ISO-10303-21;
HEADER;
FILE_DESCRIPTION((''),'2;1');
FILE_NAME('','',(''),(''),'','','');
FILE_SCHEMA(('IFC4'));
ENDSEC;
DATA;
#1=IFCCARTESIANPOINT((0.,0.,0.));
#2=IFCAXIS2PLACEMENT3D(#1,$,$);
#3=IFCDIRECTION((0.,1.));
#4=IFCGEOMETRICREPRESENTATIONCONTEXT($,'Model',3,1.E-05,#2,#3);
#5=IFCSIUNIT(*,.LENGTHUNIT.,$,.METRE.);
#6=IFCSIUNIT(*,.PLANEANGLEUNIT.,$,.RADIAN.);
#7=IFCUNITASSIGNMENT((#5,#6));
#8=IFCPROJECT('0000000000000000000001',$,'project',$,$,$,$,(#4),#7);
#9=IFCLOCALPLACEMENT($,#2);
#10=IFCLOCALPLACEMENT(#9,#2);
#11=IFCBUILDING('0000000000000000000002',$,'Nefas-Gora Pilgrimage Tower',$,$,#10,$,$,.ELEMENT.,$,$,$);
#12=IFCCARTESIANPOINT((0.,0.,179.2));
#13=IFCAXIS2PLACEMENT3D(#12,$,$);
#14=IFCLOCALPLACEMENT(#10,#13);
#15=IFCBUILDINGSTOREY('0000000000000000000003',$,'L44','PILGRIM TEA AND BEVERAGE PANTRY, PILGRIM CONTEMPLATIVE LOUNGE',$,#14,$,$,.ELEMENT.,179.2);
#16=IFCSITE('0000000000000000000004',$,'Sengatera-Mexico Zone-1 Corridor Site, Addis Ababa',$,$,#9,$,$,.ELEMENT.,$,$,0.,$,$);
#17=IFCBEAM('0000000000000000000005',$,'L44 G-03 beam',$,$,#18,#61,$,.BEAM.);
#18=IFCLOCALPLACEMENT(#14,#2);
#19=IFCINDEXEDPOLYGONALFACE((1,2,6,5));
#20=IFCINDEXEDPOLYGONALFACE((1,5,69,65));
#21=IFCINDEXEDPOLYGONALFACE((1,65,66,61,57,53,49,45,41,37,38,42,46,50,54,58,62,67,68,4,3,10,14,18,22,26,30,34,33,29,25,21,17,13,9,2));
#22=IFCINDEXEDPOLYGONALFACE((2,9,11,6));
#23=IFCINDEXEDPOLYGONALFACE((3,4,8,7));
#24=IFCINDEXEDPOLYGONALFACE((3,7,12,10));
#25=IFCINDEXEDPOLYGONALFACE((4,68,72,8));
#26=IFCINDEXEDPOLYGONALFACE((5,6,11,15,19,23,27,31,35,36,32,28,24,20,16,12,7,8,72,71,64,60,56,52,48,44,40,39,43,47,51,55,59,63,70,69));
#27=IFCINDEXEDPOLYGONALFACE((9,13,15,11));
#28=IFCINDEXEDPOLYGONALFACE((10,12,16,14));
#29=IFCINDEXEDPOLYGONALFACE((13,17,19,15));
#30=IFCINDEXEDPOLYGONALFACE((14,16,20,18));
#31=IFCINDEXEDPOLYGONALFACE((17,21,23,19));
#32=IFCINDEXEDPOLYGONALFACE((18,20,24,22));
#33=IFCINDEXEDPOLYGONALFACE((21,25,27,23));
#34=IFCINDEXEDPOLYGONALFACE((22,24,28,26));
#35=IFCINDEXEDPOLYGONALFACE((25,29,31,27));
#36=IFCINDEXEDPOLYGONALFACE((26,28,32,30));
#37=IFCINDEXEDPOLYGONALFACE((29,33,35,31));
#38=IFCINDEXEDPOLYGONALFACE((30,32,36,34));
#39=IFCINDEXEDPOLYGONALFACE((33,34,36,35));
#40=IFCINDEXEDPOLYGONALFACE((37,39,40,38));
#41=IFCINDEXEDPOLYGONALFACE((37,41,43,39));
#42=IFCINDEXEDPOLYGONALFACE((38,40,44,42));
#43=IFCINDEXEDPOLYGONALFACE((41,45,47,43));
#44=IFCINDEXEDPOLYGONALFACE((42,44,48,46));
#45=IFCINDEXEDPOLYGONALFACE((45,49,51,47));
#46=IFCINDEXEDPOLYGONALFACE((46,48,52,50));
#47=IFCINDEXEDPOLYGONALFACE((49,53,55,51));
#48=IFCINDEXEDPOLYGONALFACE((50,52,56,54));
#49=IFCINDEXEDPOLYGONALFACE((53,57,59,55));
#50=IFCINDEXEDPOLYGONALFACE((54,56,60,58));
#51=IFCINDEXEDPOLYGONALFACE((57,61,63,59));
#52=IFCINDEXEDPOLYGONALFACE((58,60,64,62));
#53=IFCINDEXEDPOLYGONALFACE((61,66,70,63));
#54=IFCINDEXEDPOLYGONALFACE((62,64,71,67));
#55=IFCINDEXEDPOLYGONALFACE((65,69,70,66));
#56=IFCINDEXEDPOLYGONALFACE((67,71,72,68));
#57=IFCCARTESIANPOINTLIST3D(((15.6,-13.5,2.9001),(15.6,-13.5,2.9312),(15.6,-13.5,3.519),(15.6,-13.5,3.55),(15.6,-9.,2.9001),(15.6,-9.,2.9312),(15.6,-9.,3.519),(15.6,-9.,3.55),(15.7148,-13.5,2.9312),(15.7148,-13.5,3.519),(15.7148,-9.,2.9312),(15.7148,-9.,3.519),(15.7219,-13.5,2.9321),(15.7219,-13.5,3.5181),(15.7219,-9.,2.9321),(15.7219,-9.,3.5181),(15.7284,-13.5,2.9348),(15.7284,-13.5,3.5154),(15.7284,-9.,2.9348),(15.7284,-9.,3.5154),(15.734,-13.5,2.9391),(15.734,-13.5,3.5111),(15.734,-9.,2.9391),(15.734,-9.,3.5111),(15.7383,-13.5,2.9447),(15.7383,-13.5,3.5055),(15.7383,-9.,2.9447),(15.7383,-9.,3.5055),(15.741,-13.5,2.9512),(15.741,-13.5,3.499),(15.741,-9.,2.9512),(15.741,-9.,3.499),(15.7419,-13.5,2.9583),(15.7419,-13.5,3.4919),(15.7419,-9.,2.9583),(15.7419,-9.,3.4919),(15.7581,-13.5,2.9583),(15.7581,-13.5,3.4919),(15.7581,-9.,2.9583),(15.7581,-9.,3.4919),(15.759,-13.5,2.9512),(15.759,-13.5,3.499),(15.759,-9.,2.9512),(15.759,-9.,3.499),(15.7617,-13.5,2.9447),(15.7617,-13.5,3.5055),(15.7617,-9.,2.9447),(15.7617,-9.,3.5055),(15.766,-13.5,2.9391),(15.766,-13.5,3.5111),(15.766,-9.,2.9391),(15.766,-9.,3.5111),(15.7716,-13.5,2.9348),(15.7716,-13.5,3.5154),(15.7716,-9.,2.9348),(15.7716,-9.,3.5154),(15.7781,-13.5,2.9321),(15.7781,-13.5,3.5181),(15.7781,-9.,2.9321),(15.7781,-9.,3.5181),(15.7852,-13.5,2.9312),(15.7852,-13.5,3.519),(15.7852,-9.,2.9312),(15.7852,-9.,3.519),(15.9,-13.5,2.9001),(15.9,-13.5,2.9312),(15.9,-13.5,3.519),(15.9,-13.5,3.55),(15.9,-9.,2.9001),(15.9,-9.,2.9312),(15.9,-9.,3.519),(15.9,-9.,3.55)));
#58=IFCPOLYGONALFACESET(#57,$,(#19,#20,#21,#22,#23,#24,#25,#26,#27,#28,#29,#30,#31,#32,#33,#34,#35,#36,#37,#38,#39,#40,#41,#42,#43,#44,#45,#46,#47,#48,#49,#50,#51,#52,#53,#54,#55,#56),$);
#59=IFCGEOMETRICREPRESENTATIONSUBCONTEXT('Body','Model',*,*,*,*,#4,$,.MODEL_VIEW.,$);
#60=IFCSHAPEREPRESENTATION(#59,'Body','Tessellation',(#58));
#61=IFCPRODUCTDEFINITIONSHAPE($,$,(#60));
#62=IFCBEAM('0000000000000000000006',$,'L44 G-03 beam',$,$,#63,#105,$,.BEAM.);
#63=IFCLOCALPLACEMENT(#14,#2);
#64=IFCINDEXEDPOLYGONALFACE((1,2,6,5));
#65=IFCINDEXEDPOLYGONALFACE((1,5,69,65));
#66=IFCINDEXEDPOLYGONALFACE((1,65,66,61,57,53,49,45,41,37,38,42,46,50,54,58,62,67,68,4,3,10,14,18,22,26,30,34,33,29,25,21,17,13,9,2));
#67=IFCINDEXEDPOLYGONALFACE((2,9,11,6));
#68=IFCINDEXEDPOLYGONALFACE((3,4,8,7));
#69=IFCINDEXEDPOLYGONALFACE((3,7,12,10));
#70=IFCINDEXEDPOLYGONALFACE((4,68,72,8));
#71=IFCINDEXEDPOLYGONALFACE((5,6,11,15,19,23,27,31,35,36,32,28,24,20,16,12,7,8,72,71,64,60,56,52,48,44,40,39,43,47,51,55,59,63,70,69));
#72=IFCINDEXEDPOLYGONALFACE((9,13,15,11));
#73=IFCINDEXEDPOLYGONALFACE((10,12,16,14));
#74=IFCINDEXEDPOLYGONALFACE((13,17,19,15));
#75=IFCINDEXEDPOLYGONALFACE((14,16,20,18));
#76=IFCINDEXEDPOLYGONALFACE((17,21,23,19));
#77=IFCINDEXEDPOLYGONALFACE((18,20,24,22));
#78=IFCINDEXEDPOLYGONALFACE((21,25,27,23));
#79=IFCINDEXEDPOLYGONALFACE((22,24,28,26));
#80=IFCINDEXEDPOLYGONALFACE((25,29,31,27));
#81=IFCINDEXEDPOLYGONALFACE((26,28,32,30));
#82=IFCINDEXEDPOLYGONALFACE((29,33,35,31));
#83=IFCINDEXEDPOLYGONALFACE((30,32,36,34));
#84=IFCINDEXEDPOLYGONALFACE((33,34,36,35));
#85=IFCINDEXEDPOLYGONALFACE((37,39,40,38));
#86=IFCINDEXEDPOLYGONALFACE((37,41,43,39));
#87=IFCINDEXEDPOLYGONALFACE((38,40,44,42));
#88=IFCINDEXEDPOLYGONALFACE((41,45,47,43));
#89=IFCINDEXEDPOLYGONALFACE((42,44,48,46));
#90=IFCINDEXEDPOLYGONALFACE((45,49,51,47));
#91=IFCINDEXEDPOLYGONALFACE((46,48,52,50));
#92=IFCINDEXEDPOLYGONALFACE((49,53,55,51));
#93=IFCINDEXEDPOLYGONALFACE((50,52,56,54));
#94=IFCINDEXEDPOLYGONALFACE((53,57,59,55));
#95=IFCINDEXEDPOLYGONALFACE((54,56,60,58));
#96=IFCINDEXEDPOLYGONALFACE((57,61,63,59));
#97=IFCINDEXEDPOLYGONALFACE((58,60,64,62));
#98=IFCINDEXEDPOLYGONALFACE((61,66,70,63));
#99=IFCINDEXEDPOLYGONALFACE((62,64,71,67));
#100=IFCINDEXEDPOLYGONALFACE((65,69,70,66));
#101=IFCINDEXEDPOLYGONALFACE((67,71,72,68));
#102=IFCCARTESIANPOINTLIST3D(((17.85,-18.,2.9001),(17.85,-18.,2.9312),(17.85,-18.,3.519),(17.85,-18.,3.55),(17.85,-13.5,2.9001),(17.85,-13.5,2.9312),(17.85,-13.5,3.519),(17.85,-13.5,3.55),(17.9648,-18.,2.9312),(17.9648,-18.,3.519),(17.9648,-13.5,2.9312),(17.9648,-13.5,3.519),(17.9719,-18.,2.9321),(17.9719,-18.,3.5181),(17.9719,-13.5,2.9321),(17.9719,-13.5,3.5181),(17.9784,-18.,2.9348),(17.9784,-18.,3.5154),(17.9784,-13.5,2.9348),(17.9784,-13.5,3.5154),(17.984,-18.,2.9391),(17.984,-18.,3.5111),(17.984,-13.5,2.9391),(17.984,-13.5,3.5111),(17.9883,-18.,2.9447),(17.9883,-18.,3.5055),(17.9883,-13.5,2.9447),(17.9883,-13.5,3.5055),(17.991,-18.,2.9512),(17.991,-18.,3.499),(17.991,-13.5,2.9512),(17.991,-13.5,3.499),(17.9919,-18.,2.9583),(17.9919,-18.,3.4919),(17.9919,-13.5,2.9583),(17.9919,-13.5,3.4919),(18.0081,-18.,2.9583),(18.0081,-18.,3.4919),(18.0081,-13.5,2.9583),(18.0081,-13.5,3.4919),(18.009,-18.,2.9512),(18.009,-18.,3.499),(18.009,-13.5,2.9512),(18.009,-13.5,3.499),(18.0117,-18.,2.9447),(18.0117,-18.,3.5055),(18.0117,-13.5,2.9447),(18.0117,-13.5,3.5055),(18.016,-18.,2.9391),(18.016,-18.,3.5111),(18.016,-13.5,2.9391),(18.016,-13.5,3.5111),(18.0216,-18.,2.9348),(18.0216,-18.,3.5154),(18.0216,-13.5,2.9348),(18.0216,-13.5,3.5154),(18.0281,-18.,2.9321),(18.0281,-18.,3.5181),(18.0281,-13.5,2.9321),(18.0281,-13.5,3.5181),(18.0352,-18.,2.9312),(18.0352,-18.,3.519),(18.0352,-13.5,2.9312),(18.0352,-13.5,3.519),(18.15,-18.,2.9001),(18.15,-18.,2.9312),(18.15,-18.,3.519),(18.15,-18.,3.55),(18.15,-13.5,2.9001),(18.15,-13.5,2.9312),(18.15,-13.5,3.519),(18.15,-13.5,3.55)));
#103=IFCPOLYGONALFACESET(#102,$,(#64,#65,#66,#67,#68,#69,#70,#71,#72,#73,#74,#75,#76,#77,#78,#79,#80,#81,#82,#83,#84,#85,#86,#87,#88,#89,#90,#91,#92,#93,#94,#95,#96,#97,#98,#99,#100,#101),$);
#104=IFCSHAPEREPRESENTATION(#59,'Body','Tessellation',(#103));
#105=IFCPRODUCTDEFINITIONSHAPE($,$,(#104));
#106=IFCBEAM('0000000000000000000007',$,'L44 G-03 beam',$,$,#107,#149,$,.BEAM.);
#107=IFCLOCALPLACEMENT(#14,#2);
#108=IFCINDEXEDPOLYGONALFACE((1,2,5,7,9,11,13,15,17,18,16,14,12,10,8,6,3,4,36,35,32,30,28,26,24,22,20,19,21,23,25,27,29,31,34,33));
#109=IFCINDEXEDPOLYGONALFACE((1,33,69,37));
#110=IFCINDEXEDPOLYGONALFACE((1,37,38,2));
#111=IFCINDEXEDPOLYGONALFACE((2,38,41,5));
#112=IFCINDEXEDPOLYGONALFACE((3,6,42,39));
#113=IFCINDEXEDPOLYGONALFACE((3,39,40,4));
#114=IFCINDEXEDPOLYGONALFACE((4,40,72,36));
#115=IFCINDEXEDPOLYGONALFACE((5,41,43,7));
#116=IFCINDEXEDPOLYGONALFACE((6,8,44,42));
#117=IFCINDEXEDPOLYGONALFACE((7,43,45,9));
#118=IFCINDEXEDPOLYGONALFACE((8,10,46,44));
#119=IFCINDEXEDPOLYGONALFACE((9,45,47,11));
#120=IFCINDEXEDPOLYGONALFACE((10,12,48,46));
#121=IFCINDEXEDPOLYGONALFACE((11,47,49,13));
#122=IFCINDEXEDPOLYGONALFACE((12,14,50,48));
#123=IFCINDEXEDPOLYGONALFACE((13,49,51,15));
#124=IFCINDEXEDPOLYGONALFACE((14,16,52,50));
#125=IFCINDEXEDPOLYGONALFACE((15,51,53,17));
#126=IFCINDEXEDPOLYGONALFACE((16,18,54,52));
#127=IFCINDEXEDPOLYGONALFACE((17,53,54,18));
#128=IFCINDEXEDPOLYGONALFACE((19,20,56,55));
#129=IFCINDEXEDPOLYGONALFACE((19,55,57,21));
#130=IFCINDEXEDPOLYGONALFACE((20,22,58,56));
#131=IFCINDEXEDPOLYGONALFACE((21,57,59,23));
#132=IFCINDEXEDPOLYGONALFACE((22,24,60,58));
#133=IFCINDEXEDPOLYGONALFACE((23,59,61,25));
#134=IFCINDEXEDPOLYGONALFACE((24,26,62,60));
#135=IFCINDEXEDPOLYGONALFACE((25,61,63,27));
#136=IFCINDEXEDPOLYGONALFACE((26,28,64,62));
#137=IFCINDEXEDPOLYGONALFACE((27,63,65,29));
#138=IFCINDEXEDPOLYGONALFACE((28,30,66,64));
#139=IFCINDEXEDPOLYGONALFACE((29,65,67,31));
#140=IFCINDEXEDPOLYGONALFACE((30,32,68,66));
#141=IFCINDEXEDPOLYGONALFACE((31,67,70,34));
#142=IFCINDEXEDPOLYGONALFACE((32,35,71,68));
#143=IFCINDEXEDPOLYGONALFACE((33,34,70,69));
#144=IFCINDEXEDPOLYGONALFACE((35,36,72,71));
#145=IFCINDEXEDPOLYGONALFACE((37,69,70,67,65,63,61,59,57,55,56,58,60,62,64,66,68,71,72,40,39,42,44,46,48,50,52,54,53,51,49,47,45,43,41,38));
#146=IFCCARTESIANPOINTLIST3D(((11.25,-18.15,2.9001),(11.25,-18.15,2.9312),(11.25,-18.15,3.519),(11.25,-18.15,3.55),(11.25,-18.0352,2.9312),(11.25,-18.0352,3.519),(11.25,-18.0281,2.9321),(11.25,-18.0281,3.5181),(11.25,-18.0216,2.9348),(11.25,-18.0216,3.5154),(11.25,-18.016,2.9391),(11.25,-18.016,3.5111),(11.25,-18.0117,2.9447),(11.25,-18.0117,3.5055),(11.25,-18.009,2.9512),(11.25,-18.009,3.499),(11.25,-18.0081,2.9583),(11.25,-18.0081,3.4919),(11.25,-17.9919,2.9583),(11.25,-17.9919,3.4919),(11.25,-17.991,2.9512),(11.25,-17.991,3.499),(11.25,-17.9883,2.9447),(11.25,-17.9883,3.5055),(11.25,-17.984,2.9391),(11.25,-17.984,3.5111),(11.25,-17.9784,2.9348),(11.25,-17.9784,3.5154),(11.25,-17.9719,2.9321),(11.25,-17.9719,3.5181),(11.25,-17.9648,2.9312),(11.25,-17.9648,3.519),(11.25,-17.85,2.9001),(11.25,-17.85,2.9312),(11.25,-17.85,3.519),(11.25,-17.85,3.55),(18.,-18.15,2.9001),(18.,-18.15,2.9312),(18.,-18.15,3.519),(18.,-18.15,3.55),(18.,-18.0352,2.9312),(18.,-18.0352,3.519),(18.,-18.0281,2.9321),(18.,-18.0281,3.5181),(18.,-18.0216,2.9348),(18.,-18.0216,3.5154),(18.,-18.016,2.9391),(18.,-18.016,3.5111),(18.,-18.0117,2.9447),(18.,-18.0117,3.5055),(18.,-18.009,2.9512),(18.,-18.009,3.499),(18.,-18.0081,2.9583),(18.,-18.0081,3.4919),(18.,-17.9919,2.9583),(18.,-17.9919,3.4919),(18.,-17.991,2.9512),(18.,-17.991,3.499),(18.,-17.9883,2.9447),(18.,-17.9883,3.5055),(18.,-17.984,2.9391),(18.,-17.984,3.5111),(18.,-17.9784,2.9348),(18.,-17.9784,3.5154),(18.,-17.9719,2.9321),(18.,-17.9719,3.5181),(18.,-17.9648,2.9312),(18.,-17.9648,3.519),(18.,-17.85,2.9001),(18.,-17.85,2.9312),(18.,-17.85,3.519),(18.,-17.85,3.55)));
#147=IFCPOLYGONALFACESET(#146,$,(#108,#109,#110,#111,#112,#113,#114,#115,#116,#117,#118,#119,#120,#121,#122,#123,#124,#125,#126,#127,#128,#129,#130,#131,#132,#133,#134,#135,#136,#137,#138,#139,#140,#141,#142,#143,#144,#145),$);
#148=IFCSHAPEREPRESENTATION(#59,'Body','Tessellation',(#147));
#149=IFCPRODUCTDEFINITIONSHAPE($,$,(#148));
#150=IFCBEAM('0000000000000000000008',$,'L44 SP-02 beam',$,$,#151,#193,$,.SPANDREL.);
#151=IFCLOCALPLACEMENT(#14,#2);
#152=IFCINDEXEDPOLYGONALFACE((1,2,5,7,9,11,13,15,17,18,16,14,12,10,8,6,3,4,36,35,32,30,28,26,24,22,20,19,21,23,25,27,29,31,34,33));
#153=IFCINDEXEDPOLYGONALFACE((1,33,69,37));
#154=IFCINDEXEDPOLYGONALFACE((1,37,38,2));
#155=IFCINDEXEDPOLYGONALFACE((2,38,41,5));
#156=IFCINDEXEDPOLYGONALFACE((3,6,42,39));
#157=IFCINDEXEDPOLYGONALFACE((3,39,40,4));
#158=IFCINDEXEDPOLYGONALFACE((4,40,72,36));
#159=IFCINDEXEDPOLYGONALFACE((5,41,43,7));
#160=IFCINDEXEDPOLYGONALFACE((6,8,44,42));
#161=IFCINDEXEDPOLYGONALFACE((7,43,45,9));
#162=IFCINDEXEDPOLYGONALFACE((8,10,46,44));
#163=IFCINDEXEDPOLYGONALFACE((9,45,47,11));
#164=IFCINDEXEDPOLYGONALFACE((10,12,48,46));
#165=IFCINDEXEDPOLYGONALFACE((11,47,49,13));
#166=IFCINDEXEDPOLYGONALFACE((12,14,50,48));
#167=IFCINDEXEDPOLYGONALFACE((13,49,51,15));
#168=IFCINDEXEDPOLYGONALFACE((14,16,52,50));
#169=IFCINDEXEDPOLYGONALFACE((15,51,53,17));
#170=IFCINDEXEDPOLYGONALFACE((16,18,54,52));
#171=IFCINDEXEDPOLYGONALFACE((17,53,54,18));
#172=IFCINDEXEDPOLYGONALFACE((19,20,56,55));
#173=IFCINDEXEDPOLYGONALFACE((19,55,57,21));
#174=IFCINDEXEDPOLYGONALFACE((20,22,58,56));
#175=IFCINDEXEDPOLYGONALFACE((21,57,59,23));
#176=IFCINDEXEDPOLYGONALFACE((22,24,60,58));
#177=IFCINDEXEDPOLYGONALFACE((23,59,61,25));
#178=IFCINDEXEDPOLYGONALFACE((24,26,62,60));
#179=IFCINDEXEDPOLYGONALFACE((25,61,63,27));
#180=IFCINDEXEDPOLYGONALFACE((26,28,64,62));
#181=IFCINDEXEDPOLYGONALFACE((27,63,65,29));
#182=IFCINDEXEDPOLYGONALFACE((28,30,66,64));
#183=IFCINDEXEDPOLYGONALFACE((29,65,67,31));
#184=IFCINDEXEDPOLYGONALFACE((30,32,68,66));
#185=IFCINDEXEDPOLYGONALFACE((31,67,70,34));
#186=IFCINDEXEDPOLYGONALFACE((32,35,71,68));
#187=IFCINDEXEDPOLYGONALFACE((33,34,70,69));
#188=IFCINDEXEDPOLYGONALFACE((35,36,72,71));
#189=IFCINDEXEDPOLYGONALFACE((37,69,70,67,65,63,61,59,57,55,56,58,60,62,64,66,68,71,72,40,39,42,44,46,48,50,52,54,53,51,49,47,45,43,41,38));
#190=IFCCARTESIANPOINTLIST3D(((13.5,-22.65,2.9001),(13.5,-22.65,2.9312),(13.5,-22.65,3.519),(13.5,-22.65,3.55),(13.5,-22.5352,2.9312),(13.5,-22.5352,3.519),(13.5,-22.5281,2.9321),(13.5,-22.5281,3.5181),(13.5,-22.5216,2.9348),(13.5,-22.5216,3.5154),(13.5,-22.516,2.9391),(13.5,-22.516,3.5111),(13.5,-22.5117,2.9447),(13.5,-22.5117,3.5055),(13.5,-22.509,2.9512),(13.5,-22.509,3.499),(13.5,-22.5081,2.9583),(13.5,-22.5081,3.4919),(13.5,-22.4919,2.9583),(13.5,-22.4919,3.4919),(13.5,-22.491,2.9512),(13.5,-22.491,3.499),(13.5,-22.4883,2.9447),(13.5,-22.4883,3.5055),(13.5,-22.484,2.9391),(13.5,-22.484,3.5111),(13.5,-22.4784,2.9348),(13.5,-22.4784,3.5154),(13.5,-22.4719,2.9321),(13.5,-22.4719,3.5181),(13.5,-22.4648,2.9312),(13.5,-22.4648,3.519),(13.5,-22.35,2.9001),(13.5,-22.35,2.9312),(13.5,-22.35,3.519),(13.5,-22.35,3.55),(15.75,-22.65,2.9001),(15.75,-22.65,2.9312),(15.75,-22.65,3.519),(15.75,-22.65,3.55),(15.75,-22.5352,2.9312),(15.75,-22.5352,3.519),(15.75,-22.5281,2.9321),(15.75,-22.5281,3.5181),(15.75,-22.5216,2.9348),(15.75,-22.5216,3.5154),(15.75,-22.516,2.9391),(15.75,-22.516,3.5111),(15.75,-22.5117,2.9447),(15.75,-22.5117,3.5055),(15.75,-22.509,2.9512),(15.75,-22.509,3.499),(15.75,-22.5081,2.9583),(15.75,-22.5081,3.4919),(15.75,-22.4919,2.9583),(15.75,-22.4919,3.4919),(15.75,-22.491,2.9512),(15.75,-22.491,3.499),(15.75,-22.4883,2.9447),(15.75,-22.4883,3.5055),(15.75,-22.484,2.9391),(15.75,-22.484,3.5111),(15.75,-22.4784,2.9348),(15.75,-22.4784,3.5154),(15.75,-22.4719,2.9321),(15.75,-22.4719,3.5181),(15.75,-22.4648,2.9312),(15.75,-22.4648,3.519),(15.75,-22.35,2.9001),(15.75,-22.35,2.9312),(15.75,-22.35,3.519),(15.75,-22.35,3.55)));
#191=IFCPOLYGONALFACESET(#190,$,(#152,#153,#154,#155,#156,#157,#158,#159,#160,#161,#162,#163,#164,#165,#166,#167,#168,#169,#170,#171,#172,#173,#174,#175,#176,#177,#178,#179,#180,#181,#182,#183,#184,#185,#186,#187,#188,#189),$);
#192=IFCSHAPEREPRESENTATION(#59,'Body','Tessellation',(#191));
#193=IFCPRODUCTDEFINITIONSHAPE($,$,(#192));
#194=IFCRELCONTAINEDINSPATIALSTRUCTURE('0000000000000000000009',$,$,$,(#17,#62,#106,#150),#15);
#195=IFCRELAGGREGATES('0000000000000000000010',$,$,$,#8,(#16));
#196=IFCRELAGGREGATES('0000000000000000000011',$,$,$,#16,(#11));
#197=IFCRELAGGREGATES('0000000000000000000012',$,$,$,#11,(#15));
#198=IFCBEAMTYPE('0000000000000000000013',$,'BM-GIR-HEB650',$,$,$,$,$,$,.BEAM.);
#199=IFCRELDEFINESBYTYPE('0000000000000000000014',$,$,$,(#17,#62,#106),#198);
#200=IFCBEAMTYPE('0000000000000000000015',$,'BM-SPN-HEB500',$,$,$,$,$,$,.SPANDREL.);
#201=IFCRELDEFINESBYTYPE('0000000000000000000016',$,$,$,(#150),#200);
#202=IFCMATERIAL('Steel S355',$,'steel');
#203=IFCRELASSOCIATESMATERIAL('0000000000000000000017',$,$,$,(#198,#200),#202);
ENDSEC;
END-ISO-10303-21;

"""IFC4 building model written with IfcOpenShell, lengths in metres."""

from ifc_helpers import new_model, si_unit, direction, frame, origin, origin_2d, place, context, subcontext, project, spatial, i_section, extrude, source, transform, mapped, material, material_profile, profile_set, type_object, element, save


model = new_model("IFC4")

# Units and contexts
model_context = context("Model", 3, precision=1e-05, world=origin(), true_north=direction((0.0, 1.0)))
body_context = subcontext(model_context, "Body", "Model", "MODEL_VIEW")
ifc_project = project(units=[si_unit("LENGTHUNIT", "METRE"), si_unit("PLANEANGLEUNIT", "RADIAN")], contexts=[model_context])

# Site, building, storey
site_placement = place(None, origin())
site = spatial("IfcSite", under=ifc_project, at=site_placement, Name="Sengatera-Mexico Zone-1 Corridor Site, Addis Ababa", CompositionType="ELEMENT", RefElevation=0.0)
building_placement = place(site_placement, origin())
building = spatial("IfcBuilding", under=site, at=building_placement, Name="Nefas-Gora Pilgrimage Tower", CompositionType="ELEMENT")
storey_placement = place(building_placement, frame((0.0, 0.0, 179.2)))
storey = spatial("IfcBuildingStorey", under=building, at=storey_placement, Name="L44", Description="PILGRIM TEA AND BEVERAGE PANTRY, PILGRIM CONTEMPLATIVE LOUNGE", CompositionType="ELEMENT", Elevation=179.2)

# Beams
ifc_material_1 = material(Name="Steel S355", Category="steel")
ifc_material_profile_1 = material_profile(ifc_material_1, i_section(OverallWidth=0.3, OverallDepth=0.6499, WebThickness=0.0161, FlangeThickness=0.031, FilletRadius=0.0271, at=origin_2d()), Name="HEB 650")
ifc_profile_set_1 = profile_set([ifc_material_profile_1], Name="Steel S355")
beam_type_1 = type_object("IfcBeamType", Name="BM-GIR-HEB650", PredefinedType="BEAM", material=ifc_profile_set_1)
shared_shape_1 = source(origin(), body_context, "Body", "SweptSolid", [
    extrude(i_section(OverallWidth=0.3, OverallDepth=0.6499, WebThickness=0.0161, FlangeThickness=0.031, FilletRadius=0.0271, at=origin_2d()), origin(), (0.0, 0.0, 1.0), 4.5),
])
for number, where, z_axis, x_axis, name in (
    (1, (15.75, -13.5, 3.2251), (0.0, 1.0, 0.0), (-1.0, 0.0, 0.0), "L44 G-03 beam"),
    (2, (18.0, -18.0, 3.2251), (0.0, 1.0, 0.0), (-1.0, 0.0, 0.0), "L44 G-03 beam"),
):
    element("IfcBeam", number, at=place(storey_placement, frame(where, z_axis=z_axis, x_axis=x_axis)), inside=storey, type_object=beam_type_1, Name=name, PredefinedType="BEAM", context=body_context, shape_type="MappedRepresentation", body=[
        mapped(shared_shape_1, transform((0.0, 0.0, 0.0), x_axis=(1.0, 0.0, 0.0), y_axis=(0.0, 1.0, 0.0), z_axis=(0.0, 0.0, 1.0), scale=1.0)),
    ])
shared_shape_2 = source(origin(), body_context, "Body", "SweptSolid", [
    extrude(i_section(OverallWidth=0.3, OverallDepth=0.6499, WebThickness=0.0161, FlangeThickness=0.031, FilletRadius=0.0271, at=origin_2d()), origin(), (0.0, 0.0, 1.0), 6.75),
])
beam_1_placement = place(storey_placement, frame((11.25, -18.0, 3.2251), z_axis=(1.0, 0.0, 0.0), x_axis=(0.0, 1.0, 0.0)))
element("IfcBeam", 3, at=beam_1_placement, inside=storey, type_object=beam_type_1, Name="L44 G-03 beam", PredefinedType="BEAM", context=body_context, shape_type="MappedRepresentation", body=[
    mapped(shared_shape_2, transform((0.0, 0.0, 0.0), x_axis=(1.0, 0.0, 0.0), y_axis=(0.0, 1.0, 0.0), z_axis=(0.0, 0.0, 1.0), scale=1.0)),
])
ifc_material_profile_2 = material_profile(ifc_material_1, i_section(OverallWidth=0.3, OverallDepth=0.6499, WebThickness=0.0161, FlangeThickness=0.031, FilletRadius=0.0271, at=origin_2d()), Name="HEB 650")
ifc_profile_set_2 = profile_set([ifc_material_profile_2], Name="Steel S355")
beam_type_2 = type_object("IfcBeamType", Name="BM-SPN-HEB500", PredefinedType="SPANDREL", material=ifc_profile_set_2)
shared_shape_3 = source(origin(), body_context, "Body", "SweptSolid", [
    extrude(i_section(OverallWidth=0.3, OverallDepth=0.6499, WebThickness=0.0161, FlangeThickness=0.031, FilletRadius=0.0271, at=origin_2d()), origin(), (0.0, 0.0, 1.0), 2.25),
])
for number, where, z_axis, x_axis, name in (
    (4, (13.5, -22.5, 3.2251), (1.0, 0.0, 0.0), (0.0, 1.0, 0.0), "L44 SP-02 beam"),
):
    element("IfcBeam", number, at=place(storey_placement, frame(where, z_axis=z_axis, x_axis=x_axis)), inside=storey, type_object=beam_type_2, Name=name, PredefinedType="SPANDREL", context=body_context, shape_type="MappedRepresentation", body=[
        mapped(shared_shape_3, transform((0.0, 0.0, 0.0), x_axis=(1.0, 0.0, 0.0), y_axis=(0.0, 1.0, 0.0), z_axis=(0.0, 0.0, 1.0), scale=1.0)),
    ])

save(model, "model.ifc")
